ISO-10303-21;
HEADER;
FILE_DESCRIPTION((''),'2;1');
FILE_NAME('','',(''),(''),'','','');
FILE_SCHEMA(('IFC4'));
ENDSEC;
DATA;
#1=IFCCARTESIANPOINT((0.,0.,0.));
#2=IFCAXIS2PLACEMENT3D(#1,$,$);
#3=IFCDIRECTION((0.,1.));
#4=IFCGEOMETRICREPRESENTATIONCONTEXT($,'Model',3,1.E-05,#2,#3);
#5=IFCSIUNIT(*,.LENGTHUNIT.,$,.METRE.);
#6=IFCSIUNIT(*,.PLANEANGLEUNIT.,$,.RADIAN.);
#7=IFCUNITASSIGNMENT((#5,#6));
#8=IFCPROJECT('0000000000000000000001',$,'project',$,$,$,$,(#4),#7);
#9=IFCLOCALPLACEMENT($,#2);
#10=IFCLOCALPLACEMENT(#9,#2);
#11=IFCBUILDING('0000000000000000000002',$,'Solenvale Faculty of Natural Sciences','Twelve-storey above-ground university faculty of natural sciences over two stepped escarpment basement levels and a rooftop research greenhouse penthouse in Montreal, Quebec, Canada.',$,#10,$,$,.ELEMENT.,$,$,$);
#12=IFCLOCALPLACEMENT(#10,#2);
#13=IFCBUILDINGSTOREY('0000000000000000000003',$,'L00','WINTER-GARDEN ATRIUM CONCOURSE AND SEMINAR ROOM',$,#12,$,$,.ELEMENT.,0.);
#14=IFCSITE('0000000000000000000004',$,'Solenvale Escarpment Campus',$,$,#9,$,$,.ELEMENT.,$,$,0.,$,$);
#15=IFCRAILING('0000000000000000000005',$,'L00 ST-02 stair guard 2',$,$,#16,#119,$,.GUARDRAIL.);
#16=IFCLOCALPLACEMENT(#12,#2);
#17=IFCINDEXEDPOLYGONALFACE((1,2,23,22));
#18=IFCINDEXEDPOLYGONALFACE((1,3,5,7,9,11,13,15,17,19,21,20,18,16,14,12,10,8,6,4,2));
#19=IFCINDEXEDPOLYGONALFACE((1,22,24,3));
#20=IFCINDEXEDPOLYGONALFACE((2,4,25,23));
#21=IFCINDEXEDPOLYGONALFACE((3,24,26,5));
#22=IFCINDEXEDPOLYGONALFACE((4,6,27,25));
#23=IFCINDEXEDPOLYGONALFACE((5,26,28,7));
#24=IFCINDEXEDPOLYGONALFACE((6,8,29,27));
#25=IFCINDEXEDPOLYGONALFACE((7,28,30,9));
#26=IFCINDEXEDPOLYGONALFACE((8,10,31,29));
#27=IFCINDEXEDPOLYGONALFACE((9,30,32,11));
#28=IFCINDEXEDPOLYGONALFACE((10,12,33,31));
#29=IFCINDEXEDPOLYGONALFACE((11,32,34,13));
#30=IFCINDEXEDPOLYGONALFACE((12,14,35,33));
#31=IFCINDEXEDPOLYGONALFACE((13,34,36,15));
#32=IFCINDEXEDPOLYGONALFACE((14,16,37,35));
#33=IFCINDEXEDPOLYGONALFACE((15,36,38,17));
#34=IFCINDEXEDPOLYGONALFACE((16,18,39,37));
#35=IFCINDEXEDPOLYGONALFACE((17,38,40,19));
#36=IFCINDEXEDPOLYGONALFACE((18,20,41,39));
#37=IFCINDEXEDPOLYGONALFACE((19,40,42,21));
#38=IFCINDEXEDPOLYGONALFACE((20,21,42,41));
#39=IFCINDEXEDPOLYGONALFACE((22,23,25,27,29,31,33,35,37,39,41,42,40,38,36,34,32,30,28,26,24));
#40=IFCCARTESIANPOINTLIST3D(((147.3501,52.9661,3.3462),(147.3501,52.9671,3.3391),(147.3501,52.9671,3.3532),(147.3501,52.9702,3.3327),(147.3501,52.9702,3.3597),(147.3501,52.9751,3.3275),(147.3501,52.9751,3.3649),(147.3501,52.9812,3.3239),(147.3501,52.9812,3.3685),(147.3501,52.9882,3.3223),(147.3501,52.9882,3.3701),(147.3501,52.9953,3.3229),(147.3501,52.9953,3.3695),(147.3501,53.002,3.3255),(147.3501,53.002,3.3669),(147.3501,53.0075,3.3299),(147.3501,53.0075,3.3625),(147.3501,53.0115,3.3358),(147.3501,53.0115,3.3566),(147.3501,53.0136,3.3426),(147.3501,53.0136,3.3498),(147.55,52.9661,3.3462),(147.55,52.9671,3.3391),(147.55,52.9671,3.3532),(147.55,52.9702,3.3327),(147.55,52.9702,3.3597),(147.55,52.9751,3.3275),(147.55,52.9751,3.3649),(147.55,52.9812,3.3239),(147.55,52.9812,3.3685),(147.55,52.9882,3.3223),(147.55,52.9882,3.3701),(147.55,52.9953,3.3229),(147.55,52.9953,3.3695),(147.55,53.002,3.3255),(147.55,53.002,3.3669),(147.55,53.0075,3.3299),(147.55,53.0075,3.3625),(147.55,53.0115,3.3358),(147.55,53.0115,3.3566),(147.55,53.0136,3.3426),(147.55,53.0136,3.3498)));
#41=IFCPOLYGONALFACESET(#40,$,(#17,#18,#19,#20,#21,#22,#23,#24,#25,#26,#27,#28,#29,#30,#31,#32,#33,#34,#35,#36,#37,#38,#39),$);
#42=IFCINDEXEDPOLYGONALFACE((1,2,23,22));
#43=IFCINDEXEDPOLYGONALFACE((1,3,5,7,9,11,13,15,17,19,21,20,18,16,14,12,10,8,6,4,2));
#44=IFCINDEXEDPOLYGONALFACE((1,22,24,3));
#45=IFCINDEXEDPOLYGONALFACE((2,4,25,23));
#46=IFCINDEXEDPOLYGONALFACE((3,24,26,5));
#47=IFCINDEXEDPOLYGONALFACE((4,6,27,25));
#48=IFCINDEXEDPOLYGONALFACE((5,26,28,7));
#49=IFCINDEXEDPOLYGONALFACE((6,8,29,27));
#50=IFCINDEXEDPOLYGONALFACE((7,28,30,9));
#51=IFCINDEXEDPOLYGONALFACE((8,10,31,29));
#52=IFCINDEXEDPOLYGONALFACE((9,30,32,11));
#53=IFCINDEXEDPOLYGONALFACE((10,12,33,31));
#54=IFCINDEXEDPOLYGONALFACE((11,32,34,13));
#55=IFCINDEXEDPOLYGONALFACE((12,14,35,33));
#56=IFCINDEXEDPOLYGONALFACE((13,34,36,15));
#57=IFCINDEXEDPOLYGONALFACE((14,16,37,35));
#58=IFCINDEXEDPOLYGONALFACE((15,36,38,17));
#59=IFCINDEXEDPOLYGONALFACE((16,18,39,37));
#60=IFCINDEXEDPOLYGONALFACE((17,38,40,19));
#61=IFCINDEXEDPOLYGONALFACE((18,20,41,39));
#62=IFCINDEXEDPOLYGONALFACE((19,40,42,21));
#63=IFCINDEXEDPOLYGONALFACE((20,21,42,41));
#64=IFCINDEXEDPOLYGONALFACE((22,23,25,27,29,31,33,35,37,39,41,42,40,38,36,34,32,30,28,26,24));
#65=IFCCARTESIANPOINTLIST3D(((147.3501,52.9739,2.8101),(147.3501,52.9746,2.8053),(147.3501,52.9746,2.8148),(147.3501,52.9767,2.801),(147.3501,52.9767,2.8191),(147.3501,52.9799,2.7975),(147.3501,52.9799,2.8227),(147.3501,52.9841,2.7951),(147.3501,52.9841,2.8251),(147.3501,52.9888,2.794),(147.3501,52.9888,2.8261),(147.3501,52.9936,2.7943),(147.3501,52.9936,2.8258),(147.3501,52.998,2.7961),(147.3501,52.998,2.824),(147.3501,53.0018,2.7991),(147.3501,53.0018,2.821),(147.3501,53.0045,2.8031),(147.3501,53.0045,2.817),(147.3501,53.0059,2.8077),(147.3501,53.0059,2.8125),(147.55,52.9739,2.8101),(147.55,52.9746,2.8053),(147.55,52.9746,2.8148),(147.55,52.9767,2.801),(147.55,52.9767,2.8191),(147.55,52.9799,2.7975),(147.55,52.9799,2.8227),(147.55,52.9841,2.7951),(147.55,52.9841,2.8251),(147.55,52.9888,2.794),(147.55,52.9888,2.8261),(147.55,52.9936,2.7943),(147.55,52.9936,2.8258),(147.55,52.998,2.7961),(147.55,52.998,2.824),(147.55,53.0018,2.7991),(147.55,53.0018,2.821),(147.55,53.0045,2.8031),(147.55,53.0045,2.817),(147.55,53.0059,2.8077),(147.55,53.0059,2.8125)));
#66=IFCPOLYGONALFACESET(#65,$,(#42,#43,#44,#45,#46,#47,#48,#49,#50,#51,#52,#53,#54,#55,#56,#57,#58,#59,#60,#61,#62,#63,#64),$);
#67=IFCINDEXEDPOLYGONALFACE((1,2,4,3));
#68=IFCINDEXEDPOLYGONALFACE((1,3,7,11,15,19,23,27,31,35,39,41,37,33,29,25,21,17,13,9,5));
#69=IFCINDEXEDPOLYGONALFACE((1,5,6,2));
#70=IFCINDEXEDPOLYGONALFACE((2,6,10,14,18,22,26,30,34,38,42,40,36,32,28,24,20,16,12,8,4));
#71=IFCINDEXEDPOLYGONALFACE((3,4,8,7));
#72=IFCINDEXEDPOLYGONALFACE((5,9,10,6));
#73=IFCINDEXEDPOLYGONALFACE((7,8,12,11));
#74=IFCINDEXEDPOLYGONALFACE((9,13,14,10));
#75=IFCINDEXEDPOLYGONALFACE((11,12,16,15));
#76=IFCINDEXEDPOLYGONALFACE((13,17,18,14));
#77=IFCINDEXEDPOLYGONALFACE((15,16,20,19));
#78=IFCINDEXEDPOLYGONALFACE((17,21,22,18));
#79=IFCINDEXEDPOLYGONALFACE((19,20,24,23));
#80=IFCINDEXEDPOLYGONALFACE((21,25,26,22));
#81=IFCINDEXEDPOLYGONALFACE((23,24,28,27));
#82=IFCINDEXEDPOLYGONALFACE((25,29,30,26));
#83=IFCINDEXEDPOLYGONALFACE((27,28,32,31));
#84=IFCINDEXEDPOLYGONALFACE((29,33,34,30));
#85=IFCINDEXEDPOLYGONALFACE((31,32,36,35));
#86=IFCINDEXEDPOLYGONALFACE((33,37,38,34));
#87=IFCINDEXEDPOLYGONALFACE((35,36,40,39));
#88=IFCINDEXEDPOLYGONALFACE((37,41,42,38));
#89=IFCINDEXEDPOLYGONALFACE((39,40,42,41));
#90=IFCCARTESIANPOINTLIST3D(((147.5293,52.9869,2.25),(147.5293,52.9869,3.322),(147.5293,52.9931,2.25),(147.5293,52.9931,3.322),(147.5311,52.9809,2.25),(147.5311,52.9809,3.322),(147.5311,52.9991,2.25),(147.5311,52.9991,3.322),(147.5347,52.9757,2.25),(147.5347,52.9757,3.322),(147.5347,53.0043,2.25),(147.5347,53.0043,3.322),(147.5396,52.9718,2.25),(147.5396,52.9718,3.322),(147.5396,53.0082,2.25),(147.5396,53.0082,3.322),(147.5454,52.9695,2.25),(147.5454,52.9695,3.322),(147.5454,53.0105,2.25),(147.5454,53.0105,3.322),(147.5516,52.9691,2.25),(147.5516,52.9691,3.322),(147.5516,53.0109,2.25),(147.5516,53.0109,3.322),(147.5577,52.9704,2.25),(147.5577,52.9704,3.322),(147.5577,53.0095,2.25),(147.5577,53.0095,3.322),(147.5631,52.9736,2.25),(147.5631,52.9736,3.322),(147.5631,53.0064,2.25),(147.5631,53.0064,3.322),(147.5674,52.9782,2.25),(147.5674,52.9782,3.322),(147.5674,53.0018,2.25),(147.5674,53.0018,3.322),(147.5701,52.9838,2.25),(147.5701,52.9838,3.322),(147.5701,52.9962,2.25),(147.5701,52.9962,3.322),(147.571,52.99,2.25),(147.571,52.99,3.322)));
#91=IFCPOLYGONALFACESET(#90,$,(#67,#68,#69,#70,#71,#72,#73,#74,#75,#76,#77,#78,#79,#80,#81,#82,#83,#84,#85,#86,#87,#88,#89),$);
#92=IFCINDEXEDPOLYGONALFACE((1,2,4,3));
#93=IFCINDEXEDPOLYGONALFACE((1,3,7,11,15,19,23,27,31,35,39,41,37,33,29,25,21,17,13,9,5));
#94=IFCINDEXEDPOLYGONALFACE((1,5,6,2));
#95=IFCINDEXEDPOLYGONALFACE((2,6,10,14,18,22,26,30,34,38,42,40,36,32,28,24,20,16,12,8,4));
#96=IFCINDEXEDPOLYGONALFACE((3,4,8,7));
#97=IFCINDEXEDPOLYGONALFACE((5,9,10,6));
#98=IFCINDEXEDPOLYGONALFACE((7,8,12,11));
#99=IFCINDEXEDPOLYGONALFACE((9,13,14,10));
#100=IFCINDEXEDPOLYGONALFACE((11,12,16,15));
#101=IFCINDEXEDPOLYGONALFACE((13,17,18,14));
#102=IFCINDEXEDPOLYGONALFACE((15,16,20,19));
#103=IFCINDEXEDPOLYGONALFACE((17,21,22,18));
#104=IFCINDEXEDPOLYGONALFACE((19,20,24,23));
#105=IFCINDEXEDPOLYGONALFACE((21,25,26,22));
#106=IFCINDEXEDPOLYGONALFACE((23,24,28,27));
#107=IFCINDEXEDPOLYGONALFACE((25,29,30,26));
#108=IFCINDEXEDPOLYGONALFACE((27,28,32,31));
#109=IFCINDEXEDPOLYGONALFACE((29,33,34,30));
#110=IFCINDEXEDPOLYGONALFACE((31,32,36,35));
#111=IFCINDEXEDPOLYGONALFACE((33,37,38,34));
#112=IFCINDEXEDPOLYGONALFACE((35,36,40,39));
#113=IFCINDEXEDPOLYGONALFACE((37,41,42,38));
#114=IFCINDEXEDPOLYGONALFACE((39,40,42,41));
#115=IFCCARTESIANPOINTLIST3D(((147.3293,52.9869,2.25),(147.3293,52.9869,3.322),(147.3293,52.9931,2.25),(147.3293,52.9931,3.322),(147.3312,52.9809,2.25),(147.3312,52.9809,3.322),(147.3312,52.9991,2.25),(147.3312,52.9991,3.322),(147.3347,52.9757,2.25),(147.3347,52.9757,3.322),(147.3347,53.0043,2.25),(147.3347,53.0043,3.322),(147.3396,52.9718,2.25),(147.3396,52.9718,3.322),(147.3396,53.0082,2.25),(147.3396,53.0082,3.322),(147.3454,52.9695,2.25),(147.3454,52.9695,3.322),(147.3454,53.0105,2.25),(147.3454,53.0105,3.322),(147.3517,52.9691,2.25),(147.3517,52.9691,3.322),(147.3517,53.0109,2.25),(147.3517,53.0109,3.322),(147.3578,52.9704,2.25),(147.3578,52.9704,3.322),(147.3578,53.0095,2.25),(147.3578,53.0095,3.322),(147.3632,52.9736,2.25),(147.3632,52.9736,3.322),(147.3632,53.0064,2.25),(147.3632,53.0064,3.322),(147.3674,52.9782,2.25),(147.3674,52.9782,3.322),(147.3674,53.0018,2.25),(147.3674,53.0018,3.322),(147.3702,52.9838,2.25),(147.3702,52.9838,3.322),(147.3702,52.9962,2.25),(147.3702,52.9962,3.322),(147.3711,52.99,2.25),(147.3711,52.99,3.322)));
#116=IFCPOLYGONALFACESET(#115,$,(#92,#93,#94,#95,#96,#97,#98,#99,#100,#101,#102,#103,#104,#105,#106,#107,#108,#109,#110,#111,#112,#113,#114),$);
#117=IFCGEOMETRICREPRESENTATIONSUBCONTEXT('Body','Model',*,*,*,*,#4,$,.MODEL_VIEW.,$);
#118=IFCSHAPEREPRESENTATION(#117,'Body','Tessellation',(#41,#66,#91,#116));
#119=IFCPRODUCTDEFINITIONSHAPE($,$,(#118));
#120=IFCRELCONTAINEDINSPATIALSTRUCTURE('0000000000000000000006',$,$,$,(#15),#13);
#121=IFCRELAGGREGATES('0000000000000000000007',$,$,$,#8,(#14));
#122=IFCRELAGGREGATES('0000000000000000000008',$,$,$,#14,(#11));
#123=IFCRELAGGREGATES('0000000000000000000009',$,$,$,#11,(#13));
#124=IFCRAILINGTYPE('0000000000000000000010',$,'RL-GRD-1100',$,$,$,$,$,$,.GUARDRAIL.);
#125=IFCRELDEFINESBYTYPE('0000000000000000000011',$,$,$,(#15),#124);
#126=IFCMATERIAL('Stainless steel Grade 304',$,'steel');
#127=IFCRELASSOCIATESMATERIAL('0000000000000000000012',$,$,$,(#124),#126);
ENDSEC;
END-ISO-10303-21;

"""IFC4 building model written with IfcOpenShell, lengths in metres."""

from ifc_helpers import new_model, si_unit, direction, frame, origin, origin_2d, place, context, subcontext, project, spatial, circle, extrude, material, type_object, element, save


model = new_model("IFC4")

# Units and contexts
model_context = context("Model", 3, precision=1e-05, world=origin(), true_north=direction((0.0, 1.0)))
body_context = subcontext(model_context, "Body", "Model", "MODEL_VIEW")
ifc_project = project(units=[si_unit("LENGTHUNIT", "METRE"), si_unit("PLANEANGLEUNIT", "RADIAN")], contexts=[model_context])

# Site, building, storey
site_placement = place(None, origin())
site = spatial("IfcSite", under=ifc_project, at=site_placement, Name="Solenvale Escarpment Campus", CompositionType="ELEMENT", RefElevation=0.0)
building_placement = place(site_placement, origin())
building = spatial("IfcBuilding", under=site, at=building_placement, Name="Solenvale Faculty of Natural Sciences", Description="Twelve-storey above-ground university faculty of natural sciences over two stepped escarpment basement levels and a rooftop research greenhouse penthouse in Montreal, Quebec, Canada.", CompositionType="ELEMENT")
storey_placement = place(building_placement, origin())
storey = spatial("IfcBuildingStorey", under=building, at=storey_placement, Name="L00", Description="WINTER-GARDEN ATRIUM CONCOURSE AND SEMINAR ROOM", CompositionType="ELEMENT", Elevation=0.0)

# Shared definitions
ifc_material_1 = material(Name="Stainless steel Grade 304", Category="steel")

# Railing
railing_type_1 = type_object("IfcRailingType", Name="RL-GRD-1100", PredefinedType="GUARDRAIL", material=ifc_material_1)
railing_1_placement = place(storey_placement, frame((147.55, 52.99, 2.25)))
element("IfcRailing", 1, at=railing_1_placement, inside=storey, type_object=railing_type_1, Name="L00 ST-02 stair guard 2", PredefinedType="GUARDRAIL", context=body_context, shape_type="SweptSolid", body=[
    extrude(circle(Radius=0.0239, at=origin_2d()), frame((0.0, 0.0, 1.0962), z_axis=(-1.0, 0.0, 0.0), x_axis=(0.0, -1.0, 0.0)), (0.0, 0.0, 1.0), 0.2),
    extrude(circle(Radius=0.0161, at=origin_2d()), frame((0.0, 0.0, 0.5601), z_axis=(-1.0, 0.0, 0.0), x_axis=(0.0, -1.0, 0.0)), (0.0, 0.0, 1.0), 0.2),
    extrude(circle(Radius=0.021, at=origin_2d()), origin(), (0.0, 0.0, 1.0), 1.072),
    extrude(circle(Radius=0.021, at=origin_2d()), frame((-0.2, 0.0, 0.0)), (0.0, 0.0, 1.0), 1.072),
])

save(model, "model.ifc")
